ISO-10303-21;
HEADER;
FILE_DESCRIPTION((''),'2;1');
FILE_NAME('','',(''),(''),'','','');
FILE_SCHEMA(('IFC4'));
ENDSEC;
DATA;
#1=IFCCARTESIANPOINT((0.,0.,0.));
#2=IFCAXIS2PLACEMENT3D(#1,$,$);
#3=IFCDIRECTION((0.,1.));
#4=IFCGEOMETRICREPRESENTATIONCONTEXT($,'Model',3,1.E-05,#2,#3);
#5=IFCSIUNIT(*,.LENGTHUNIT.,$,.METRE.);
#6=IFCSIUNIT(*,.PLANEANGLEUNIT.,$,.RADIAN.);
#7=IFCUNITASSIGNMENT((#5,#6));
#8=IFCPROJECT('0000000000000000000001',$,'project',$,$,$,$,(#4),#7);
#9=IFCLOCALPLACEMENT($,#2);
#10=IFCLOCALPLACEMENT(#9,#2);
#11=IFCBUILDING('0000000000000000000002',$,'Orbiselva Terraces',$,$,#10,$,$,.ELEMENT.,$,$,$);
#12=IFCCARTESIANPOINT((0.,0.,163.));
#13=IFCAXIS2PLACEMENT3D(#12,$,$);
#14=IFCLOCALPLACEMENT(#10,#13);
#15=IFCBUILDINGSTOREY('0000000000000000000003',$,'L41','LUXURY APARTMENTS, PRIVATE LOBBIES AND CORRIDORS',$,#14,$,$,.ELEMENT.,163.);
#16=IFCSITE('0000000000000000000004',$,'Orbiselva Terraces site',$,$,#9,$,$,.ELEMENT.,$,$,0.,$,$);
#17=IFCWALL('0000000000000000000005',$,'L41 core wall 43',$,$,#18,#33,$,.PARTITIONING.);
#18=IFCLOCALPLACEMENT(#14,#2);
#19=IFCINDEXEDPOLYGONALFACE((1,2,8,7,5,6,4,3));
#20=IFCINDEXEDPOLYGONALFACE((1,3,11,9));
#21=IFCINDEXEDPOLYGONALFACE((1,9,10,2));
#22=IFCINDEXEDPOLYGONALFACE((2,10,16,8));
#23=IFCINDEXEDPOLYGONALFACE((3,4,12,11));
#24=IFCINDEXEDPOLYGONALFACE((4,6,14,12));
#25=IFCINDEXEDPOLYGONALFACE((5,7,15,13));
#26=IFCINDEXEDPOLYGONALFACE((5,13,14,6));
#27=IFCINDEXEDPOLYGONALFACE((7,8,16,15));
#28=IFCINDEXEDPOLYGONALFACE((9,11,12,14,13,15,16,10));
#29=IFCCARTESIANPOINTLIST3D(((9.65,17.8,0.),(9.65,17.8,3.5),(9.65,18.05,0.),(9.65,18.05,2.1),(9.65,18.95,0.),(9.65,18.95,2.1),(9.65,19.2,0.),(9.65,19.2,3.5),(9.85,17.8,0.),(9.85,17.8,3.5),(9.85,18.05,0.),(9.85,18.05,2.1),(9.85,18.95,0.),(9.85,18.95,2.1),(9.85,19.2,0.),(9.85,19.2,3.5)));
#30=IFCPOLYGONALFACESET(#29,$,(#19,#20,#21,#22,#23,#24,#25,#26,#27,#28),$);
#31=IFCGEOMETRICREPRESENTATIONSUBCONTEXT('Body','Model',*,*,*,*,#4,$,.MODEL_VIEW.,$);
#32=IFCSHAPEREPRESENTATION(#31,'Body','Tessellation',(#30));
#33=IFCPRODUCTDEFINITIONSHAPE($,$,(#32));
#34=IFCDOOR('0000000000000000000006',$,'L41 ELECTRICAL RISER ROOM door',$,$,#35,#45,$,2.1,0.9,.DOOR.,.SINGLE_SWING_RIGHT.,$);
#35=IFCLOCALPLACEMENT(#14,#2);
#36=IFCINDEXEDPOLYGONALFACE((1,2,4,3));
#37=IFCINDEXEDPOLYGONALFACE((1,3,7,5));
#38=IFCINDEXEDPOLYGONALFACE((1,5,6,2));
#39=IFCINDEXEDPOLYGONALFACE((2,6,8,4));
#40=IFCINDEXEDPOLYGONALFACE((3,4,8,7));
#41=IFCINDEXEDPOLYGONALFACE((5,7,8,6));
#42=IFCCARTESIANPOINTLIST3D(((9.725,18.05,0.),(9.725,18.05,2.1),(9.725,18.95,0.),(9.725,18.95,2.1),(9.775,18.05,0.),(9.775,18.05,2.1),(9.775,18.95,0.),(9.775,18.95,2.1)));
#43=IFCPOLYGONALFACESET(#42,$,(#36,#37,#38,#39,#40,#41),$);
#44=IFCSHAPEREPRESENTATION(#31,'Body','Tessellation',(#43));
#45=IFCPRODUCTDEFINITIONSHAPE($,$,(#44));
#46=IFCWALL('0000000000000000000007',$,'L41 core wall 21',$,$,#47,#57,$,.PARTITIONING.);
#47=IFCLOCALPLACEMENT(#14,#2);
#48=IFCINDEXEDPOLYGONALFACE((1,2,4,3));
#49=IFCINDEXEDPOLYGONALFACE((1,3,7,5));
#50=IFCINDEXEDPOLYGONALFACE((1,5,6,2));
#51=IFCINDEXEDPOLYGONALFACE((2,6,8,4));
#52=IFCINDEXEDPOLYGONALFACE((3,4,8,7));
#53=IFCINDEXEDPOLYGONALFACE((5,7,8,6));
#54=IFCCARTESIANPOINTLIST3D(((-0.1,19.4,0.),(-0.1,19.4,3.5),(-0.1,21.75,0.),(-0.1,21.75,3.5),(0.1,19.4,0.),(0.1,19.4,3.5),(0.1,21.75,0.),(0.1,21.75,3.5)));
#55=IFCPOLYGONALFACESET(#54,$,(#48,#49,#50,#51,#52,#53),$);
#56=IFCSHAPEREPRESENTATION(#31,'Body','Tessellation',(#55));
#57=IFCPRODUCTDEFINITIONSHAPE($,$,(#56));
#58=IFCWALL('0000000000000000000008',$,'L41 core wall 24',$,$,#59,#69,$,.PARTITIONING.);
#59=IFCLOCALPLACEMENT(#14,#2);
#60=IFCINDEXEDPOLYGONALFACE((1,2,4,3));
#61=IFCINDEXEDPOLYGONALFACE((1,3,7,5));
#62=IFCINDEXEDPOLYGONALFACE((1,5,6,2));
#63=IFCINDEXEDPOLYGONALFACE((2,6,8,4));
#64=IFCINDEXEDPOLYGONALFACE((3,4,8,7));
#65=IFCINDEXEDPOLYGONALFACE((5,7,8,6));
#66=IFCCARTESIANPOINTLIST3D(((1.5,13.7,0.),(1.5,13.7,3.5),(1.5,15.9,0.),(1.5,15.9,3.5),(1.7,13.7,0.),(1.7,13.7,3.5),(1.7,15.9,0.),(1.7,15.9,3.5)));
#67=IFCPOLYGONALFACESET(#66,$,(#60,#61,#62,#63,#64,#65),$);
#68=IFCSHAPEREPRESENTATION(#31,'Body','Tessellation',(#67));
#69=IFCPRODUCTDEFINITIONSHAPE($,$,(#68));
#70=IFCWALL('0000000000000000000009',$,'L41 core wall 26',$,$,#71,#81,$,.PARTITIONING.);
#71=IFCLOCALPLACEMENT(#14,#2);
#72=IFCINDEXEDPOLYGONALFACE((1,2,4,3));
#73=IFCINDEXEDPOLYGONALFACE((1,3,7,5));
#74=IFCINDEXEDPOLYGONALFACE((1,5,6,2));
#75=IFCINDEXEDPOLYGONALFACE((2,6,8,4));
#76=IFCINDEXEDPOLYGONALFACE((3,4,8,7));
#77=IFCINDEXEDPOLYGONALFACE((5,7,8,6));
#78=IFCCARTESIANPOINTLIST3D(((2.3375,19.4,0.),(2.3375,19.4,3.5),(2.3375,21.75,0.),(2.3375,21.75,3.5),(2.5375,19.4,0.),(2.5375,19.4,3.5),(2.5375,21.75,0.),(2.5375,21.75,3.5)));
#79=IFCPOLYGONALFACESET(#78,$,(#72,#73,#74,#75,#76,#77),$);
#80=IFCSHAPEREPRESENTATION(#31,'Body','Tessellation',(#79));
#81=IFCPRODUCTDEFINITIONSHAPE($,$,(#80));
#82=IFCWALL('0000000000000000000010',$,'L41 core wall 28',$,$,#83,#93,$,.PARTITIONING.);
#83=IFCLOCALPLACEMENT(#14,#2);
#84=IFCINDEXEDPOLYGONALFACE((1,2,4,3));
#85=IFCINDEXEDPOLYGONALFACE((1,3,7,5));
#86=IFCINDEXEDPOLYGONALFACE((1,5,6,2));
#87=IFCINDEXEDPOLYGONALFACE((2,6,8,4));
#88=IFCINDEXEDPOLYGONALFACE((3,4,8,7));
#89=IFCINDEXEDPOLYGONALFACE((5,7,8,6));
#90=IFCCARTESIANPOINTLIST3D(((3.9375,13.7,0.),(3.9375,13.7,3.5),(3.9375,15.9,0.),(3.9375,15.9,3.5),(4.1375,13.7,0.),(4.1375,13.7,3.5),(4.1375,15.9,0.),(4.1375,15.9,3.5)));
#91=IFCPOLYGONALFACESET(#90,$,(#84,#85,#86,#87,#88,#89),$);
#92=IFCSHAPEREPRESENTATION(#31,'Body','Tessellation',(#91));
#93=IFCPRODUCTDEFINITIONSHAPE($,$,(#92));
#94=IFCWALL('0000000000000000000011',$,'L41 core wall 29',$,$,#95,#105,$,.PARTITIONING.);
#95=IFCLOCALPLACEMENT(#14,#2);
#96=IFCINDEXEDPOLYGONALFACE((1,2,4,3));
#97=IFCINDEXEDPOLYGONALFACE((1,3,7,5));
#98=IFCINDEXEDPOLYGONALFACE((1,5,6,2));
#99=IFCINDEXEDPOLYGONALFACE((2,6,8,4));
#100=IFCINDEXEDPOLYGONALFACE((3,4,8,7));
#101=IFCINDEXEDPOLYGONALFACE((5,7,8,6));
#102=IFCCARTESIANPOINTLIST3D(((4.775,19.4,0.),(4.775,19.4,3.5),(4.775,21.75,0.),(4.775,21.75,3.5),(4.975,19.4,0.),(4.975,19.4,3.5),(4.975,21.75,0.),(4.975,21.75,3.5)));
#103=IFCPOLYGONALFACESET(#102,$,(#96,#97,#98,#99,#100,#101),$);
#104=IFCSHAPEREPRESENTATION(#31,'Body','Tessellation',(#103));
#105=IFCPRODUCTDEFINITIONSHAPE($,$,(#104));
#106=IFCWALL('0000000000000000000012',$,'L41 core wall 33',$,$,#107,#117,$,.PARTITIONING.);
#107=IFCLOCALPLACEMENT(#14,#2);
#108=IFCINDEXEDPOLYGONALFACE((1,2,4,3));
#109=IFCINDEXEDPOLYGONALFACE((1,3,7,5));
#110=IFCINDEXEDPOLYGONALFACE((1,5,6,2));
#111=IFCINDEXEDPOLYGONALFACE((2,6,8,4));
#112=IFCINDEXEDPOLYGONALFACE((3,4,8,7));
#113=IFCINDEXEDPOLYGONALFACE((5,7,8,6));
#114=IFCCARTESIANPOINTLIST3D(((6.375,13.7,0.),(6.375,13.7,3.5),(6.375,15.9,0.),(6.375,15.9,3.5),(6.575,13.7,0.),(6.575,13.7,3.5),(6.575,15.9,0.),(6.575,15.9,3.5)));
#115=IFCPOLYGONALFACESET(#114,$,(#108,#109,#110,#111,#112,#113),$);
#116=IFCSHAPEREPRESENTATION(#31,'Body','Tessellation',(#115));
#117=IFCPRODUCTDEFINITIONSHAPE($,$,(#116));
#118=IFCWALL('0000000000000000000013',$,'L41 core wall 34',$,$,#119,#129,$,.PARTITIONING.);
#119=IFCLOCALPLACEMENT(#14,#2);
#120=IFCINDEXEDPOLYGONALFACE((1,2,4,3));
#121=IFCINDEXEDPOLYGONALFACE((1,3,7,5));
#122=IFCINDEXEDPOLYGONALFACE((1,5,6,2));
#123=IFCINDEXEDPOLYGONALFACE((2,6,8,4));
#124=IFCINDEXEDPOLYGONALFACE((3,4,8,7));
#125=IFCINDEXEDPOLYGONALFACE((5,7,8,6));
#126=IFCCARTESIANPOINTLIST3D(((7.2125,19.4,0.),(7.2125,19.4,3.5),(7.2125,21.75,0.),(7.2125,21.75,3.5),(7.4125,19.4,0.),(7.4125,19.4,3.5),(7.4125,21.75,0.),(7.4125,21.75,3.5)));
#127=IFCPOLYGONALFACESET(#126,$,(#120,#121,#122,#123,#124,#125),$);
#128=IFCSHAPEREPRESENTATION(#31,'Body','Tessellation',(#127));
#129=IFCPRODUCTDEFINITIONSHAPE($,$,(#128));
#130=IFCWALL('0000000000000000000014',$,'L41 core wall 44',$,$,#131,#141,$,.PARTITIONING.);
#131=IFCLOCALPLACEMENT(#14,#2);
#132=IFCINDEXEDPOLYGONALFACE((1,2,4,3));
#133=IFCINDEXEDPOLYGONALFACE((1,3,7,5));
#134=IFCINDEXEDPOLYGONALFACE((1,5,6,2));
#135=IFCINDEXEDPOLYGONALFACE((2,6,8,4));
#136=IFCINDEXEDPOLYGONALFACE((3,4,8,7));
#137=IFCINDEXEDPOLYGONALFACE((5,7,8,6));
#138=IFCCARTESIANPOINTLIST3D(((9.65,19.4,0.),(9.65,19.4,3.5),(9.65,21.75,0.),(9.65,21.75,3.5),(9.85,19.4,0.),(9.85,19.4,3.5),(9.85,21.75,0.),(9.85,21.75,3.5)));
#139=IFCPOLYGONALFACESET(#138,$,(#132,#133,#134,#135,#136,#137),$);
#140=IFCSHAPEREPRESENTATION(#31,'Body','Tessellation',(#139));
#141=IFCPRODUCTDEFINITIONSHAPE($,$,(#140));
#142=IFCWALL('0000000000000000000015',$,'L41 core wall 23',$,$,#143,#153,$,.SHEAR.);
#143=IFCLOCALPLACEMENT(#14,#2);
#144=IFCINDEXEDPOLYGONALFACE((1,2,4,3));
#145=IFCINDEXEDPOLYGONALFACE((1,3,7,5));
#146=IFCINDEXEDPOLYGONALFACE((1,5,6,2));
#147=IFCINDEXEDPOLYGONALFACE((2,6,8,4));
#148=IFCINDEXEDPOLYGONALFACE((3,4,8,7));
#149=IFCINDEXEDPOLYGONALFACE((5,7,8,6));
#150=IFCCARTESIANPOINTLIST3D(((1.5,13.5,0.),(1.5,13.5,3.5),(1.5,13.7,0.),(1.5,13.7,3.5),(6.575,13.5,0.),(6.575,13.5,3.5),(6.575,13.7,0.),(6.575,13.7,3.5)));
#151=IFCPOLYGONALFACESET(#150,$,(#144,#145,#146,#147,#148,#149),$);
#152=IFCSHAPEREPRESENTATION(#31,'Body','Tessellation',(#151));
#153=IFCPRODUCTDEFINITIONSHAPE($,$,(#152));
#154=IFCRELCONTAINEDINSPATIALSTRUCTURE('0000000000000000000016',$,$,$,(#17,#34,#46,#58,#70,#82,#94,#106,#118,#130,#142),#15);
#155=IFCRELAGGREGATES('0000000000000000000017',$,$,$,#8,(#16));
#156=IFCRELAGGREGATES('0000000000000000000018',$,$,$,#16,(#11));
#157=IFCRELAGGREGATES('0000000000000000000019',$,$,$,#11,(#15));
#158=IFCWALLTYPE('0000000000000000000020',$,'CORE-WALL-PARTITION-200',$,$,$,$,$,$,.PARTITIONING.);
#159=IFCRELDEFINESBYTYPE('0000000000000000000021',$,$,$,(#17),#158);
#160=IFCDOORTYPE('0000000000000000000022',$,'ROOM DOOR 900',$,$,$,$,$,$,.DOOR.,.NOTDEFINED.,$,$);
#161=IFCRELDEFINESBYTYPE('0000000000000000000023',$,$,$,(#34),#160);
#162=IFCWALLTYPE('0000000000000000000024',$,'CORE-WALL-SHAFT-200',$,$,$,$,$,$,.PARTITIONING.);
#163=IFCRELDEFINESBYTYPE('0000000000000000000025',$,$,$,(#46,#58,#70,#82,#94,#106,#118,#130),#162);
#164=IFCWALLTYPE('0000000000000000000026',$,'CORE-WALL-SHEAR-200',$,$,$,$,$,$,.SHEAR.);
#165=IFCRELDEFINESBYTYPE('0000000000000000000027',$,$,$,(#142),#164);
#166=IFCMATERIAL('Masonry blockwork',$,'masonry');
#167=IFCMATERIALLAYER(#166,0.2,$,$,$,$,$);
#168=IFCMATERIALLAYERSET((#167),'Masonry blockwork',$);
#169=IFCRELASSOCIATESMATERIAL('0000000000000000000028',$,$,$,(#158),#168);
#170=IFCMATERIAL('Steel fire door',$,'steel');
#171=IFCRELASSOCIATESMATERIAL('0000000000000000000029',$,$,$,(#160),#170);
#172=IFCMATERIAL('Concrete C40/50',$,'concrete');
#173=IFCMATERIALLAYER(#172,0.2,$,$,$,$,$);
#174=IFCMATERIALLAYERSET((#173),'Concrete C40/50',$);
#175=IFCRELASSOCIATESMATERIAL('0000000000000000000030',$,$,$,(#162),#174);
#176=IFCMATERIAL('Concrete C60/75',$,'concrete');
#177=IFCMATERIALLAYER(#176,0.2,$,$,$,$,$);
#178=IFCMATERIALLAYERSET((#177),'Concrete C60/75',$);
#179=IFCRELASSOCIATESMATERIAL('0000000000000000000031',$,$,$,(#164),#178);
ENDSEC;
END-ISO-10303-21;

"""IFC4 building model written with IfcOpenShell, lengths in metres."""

from ifc_helpers import new_model, si_unit, direction, frame, frame_2d, origin, place, context, subcontext, project, spatial, rectangle, extrude, material, layer, layer_set, type_object, element, fill, save


model = new_model("IFC4")

# Units and contexts
model_context = context("Model", 3, precision=1e-05, world=origin(), true_north=direction((0.0, 1.0)))
body_context = subcontext(model_context, "Body", "Model", "MODEL_VIEW")
ifc_project = project(units=[si_unit("LENGTHUNIT", "METRE"), si_unit("PLANEANGLEUNIT", "RADIAN")], contexts=[model_context])

# Site, building, storey
site_placement = place(None, origin())
site = spatial("IfcSite", under=ifc_project, at=site_placement, Name="Orbiselva Terraces site", CompositionType="ELEMENT", RefElevation=0.0)
building_placement = place(site_placement, origin())
building = spatial("IfcBuilding", under=site, at=building_placement, Name="Orbiselva Terraces", CompositionType="ELEMENT")
storey_placement = place(building_placement, frame((0.0, 0.0, 163.0)))
storey = spatial("IfcBuildingStorey", under=building, at=storey_placement, Name="L41", Description="LUXURY APARTMENTS, PRIVATE LOBBIES AND CORRIDORS", CompositionType="ELEMENT", Elevation=163.0)

# Wall, opening, door
ifc_material_1 = material(Name="Masonry blockwork", Category="masonry")
ifc_layer_1 = layer(ifc_material_1, 0.2)
ifc_layer_set_1 = layer_set([ifc_layer_1], Name="Masonry blockwork")
wall_type_1 = type_object("IfcWallType", Name="CORE-WALL-PARTITION-200", PredefinedType="PARTITIONING", material=ifc_layer_set_1)
wall_1_placement = place(storey_placement, frame((9.75, 19.2, 0.0), z_axis=(0.0, 0.0, 1.0), x_axis=(0.0, -1.0, 0.0)))
wall_1 = element("IfcWall", 1, at=wall_1_placement, inside=storey, type_object=wall_type_1, Name="L41 core wall 43", PredefinedType="PARTITIONING", context=body_context, shape_type="SweptSolid", body=[
    extrude(rectangle(XDim=1.4, YDim=0.2, at=frame_2d((0.7, 0.0))), origin(), (0.0, 0.0, 1.0), 3.5),
])
opening_1_placement = place(wall_1_placement, frame((0.25, 0.0, 0.0)))
opening_1 = element("IfcOpeningElement", 2, at=opening_1_placement, cuts=wall_1, PredefinedType="OPENING", context=body_context, shape_type="SweptSolid", body=[
    extrude(rectangle(XDim=0.9, YDim=2.1, at=frame_2d((0.45, 1.05))), frame((0.0, 0.11, 0.0), z_axis=(0.0, -1.0, 0.0), x_axis=(1.0, 0.0, 0.0)), (0.0, 0.0, 1.0), 0.22),
])
ifc_material_2 = material(Name="Steel fire door", Category="steel")
door_type_1 = type_object("IfcDoorType", Name="ROOM DOOR 900", OperationType="NOTDEFINED", PredefinedType="DOOR", material=ifc_material_2)
door_1_placement = place(opening_1_placement, origin())
door_1 = element("IfcDoor", 3, at=door_1_placement, inside=storey, type_object=door_type_1, Name="L41 ELECTRICAL RISER ROOM door", OperationType="SINGLE_SWING_RIGHT", OverallHeight=2.1, OverallWidth=0.9, PredefinedType="DOOR", context=body_context, shape_type="SweptSolid", body=[
    extrude(rectangle(XDim=0.9, YDim=2.1, at=frame_2d((0.45, 1.05))), frame((0.0, 0.025, 0.0), z_axis=(0.0, -1.0, 0.0), x_axis=(1.0, 0.0, 0.0)), (0.0, 0.0, 1.0), 0.05),
])
fill(opening_1, door_1)

# Walls
ifc_material_3 = material(Name="Concrete C40/50", Category="concrete")
ifc_layer_2 = layer(ifc_material_3, 0.2)
ifc_layer_set_2 = layer_set([ifc_layer_2], Name="Concrete C40/50")
wall_type_2 = type_object("IfcWallType", Name="CORE-WALL-SHAFT-200", PredefinedType="PARTITIONING", material=ifc_layer_set_2)
wall_2_placement = place(storey_placement, frame((0.0, 19.4, 0.0), z_axis=(0.0, 0.0, 1.0), x_axis=(0.0, 1.0, 0.0)))
element("IfcWall", 4, at=wall_2_placement, inside=storey, type_object=wall_type_2, Name="L41 core wall 21", PredefinedType="PARTITIONING", context=body_context, shape_type="SweptSolid", body=[
    extrude(rectangle(XDim=2.35, YDim=0.2, at=frame_2d((1.175, 0.0))), origin(), (0.0, 0.0, 1.0), 3.5),
])
wall_3_placement = place(storey_placement, frame((1.6, 13.7, 0.0), z_axis=(0.0, 0.0, 1.0), x_axis=(0.0, 1.0, 0.0)))
element("IfcWall", 5, at=wall_3_placement, inside=storey, type_object=wall_type_2, Name="L41 core wall 24", PredefinedType="PARTITIONING", context=body_context, shape_type="SweptSolid", body=[
    extrude(rectangle(XDim=2.2, YDim=0.2, at=frame_2d((1.1, 0.0))), origin(), (0.0, 0.0, 1.0), 3.5),
])
wall_4_placement = place(storey_placement, frame((2.4375, 19.4, 0.0), z_axis=(0.0, 0.0, 1.0), x_axis=(0.0, 1.0, 0.0)))
element("IfcWall", 6, at=wall_4_placement, inside=storey, type_object=wall_type_2, Name="L41 core wall 26", PredefinedType="PARTITIONING", context=body_context, shape_type="SweptSolid", body=[
    extrude(rectangle(XDim=2.35, YDim=0.2, at=frame_2d((1.175, 0.0))), origin(), (0.0, 0.0, 1.0), 3.5),
])
wall_5_placement = place(storey_placement, frame((4.0375, 13.7, 0.0), z_axis=(0.0, 0.0, 1.0), x_axis=(0.0, 1.0, 0.0)))
element("IfcWall", 7, at=wall_5_placement, inside=storey, type_object=wall_type_2, Name="L41 core wall 28", PredefinedType="PARTITIONING", context=body_context, shape_type="SweptSolid", body=[
    extrude(rectangle(XDim=2.2, YDim=0.2, at=frame_2d((1.1, 0.0))), origin(), (0.0, 0.0, 1.0), 3.5),
])
wall_6_placement = place(storey_placement, frame((4.875, 19.4, 0.0), z_axis=(0.0, 0.0, 1.0), x_axis=(0.0, 1.0, 0.0)))
element("IfcWall", 8, at=wall_6_placement, inside=storey, type_object=wall_type_2, Name="L41 core wall 29", PredefinedType="PARTITIONING", context=body_context, shape_type="SweptSolid", body=[
    extrude(rectangle(XDim=2.35, YDim=0.2, at=frame_2d((1.175, 0.0))), origin(), (0.0, 0.0, 1.0), 3.5),
])
wall_7_placement = place(storey_placement, frame((6.475, 13.7, 0.0), z_axis=(0.0, 0.0, 1.0), x_axis=(0.0, 1.0, 0.0)))
element("IfcWall", 9, at=wall_7_placement, inside=storey, type_object=wall_type_2, Name="L41 core wall 33", PredefinedType="PARTITIONING", context=body_context, shape_type="SweptSolid", body=[
    extrude(rectangle(XDim=2.2, YDim=0.2, at=frame_2d((1.1, 0.0))), origin(), (0.0, 0.0, 1.0), 3.5),
])
for number, where, z_axis, x_axis, name in (
    (10, (7.3125, 19.4, 0.0), (0.0, 0.0, 1.0), (0.0, 1.0, 0.0), "L41 core wall 34"),
    (11, (9.75, 19.4, 0.0), (0.0, 0.0, 1.0), (0.0, 1.0, 0.0), "L41 core wall 44"),
):
    element("IfcWall", number, at=place(storey_placement, frame(where, z_axis=z_axis, x_axis=x_axis)), inside=storey, type_object=wall_type_2, Name=name, PredefinedType="PARTITIONING", context=body_context, shape_type="SweptSolid", body=[
        extrude(rectangle(XDim=2.35, YDim=0.2, at=frame_2d((1.175, 0.0))), origin(), (0.0, 0.0, 1.0), 3.5),
    ])
ifc_material_4 = material(Name="Concrete C60/75", Category="concrete")
ifc_layer_3 = layer(ifc_material_4, 0.2)
ifc_layer_set_3 = layer_set([ifc_layer_3], Name="Concrete C60/75")
wall_type_3 = type_object("IfcWallType", Name="CORE-WALL-SHEAR-200", PredefinedType="SHEAR", material=ifc_layer_set_3)
wall_8_placement = place(storey_placement, frame((1.5, 13.6, 0.0), z_axis=(0.0, 0.0, 1.0), x_axis=(1.0, 0.0, 0.0)))
element("IfcWall", 12, at=wall_8_placement, inside=storey, type_object=wall_type_3, Name="L41 core wall 23", PredefinedType="SHEAR", context=body_context, shape_type="SweptSolid", body=[
    extrude(rectangle(XDim=5.075, YDim=0.2, at=frame_2d((2.5375, 0.0))), origin(), (0.0, 0.0, 1.0), 3.5),
])

save(model, "model.ifc")
